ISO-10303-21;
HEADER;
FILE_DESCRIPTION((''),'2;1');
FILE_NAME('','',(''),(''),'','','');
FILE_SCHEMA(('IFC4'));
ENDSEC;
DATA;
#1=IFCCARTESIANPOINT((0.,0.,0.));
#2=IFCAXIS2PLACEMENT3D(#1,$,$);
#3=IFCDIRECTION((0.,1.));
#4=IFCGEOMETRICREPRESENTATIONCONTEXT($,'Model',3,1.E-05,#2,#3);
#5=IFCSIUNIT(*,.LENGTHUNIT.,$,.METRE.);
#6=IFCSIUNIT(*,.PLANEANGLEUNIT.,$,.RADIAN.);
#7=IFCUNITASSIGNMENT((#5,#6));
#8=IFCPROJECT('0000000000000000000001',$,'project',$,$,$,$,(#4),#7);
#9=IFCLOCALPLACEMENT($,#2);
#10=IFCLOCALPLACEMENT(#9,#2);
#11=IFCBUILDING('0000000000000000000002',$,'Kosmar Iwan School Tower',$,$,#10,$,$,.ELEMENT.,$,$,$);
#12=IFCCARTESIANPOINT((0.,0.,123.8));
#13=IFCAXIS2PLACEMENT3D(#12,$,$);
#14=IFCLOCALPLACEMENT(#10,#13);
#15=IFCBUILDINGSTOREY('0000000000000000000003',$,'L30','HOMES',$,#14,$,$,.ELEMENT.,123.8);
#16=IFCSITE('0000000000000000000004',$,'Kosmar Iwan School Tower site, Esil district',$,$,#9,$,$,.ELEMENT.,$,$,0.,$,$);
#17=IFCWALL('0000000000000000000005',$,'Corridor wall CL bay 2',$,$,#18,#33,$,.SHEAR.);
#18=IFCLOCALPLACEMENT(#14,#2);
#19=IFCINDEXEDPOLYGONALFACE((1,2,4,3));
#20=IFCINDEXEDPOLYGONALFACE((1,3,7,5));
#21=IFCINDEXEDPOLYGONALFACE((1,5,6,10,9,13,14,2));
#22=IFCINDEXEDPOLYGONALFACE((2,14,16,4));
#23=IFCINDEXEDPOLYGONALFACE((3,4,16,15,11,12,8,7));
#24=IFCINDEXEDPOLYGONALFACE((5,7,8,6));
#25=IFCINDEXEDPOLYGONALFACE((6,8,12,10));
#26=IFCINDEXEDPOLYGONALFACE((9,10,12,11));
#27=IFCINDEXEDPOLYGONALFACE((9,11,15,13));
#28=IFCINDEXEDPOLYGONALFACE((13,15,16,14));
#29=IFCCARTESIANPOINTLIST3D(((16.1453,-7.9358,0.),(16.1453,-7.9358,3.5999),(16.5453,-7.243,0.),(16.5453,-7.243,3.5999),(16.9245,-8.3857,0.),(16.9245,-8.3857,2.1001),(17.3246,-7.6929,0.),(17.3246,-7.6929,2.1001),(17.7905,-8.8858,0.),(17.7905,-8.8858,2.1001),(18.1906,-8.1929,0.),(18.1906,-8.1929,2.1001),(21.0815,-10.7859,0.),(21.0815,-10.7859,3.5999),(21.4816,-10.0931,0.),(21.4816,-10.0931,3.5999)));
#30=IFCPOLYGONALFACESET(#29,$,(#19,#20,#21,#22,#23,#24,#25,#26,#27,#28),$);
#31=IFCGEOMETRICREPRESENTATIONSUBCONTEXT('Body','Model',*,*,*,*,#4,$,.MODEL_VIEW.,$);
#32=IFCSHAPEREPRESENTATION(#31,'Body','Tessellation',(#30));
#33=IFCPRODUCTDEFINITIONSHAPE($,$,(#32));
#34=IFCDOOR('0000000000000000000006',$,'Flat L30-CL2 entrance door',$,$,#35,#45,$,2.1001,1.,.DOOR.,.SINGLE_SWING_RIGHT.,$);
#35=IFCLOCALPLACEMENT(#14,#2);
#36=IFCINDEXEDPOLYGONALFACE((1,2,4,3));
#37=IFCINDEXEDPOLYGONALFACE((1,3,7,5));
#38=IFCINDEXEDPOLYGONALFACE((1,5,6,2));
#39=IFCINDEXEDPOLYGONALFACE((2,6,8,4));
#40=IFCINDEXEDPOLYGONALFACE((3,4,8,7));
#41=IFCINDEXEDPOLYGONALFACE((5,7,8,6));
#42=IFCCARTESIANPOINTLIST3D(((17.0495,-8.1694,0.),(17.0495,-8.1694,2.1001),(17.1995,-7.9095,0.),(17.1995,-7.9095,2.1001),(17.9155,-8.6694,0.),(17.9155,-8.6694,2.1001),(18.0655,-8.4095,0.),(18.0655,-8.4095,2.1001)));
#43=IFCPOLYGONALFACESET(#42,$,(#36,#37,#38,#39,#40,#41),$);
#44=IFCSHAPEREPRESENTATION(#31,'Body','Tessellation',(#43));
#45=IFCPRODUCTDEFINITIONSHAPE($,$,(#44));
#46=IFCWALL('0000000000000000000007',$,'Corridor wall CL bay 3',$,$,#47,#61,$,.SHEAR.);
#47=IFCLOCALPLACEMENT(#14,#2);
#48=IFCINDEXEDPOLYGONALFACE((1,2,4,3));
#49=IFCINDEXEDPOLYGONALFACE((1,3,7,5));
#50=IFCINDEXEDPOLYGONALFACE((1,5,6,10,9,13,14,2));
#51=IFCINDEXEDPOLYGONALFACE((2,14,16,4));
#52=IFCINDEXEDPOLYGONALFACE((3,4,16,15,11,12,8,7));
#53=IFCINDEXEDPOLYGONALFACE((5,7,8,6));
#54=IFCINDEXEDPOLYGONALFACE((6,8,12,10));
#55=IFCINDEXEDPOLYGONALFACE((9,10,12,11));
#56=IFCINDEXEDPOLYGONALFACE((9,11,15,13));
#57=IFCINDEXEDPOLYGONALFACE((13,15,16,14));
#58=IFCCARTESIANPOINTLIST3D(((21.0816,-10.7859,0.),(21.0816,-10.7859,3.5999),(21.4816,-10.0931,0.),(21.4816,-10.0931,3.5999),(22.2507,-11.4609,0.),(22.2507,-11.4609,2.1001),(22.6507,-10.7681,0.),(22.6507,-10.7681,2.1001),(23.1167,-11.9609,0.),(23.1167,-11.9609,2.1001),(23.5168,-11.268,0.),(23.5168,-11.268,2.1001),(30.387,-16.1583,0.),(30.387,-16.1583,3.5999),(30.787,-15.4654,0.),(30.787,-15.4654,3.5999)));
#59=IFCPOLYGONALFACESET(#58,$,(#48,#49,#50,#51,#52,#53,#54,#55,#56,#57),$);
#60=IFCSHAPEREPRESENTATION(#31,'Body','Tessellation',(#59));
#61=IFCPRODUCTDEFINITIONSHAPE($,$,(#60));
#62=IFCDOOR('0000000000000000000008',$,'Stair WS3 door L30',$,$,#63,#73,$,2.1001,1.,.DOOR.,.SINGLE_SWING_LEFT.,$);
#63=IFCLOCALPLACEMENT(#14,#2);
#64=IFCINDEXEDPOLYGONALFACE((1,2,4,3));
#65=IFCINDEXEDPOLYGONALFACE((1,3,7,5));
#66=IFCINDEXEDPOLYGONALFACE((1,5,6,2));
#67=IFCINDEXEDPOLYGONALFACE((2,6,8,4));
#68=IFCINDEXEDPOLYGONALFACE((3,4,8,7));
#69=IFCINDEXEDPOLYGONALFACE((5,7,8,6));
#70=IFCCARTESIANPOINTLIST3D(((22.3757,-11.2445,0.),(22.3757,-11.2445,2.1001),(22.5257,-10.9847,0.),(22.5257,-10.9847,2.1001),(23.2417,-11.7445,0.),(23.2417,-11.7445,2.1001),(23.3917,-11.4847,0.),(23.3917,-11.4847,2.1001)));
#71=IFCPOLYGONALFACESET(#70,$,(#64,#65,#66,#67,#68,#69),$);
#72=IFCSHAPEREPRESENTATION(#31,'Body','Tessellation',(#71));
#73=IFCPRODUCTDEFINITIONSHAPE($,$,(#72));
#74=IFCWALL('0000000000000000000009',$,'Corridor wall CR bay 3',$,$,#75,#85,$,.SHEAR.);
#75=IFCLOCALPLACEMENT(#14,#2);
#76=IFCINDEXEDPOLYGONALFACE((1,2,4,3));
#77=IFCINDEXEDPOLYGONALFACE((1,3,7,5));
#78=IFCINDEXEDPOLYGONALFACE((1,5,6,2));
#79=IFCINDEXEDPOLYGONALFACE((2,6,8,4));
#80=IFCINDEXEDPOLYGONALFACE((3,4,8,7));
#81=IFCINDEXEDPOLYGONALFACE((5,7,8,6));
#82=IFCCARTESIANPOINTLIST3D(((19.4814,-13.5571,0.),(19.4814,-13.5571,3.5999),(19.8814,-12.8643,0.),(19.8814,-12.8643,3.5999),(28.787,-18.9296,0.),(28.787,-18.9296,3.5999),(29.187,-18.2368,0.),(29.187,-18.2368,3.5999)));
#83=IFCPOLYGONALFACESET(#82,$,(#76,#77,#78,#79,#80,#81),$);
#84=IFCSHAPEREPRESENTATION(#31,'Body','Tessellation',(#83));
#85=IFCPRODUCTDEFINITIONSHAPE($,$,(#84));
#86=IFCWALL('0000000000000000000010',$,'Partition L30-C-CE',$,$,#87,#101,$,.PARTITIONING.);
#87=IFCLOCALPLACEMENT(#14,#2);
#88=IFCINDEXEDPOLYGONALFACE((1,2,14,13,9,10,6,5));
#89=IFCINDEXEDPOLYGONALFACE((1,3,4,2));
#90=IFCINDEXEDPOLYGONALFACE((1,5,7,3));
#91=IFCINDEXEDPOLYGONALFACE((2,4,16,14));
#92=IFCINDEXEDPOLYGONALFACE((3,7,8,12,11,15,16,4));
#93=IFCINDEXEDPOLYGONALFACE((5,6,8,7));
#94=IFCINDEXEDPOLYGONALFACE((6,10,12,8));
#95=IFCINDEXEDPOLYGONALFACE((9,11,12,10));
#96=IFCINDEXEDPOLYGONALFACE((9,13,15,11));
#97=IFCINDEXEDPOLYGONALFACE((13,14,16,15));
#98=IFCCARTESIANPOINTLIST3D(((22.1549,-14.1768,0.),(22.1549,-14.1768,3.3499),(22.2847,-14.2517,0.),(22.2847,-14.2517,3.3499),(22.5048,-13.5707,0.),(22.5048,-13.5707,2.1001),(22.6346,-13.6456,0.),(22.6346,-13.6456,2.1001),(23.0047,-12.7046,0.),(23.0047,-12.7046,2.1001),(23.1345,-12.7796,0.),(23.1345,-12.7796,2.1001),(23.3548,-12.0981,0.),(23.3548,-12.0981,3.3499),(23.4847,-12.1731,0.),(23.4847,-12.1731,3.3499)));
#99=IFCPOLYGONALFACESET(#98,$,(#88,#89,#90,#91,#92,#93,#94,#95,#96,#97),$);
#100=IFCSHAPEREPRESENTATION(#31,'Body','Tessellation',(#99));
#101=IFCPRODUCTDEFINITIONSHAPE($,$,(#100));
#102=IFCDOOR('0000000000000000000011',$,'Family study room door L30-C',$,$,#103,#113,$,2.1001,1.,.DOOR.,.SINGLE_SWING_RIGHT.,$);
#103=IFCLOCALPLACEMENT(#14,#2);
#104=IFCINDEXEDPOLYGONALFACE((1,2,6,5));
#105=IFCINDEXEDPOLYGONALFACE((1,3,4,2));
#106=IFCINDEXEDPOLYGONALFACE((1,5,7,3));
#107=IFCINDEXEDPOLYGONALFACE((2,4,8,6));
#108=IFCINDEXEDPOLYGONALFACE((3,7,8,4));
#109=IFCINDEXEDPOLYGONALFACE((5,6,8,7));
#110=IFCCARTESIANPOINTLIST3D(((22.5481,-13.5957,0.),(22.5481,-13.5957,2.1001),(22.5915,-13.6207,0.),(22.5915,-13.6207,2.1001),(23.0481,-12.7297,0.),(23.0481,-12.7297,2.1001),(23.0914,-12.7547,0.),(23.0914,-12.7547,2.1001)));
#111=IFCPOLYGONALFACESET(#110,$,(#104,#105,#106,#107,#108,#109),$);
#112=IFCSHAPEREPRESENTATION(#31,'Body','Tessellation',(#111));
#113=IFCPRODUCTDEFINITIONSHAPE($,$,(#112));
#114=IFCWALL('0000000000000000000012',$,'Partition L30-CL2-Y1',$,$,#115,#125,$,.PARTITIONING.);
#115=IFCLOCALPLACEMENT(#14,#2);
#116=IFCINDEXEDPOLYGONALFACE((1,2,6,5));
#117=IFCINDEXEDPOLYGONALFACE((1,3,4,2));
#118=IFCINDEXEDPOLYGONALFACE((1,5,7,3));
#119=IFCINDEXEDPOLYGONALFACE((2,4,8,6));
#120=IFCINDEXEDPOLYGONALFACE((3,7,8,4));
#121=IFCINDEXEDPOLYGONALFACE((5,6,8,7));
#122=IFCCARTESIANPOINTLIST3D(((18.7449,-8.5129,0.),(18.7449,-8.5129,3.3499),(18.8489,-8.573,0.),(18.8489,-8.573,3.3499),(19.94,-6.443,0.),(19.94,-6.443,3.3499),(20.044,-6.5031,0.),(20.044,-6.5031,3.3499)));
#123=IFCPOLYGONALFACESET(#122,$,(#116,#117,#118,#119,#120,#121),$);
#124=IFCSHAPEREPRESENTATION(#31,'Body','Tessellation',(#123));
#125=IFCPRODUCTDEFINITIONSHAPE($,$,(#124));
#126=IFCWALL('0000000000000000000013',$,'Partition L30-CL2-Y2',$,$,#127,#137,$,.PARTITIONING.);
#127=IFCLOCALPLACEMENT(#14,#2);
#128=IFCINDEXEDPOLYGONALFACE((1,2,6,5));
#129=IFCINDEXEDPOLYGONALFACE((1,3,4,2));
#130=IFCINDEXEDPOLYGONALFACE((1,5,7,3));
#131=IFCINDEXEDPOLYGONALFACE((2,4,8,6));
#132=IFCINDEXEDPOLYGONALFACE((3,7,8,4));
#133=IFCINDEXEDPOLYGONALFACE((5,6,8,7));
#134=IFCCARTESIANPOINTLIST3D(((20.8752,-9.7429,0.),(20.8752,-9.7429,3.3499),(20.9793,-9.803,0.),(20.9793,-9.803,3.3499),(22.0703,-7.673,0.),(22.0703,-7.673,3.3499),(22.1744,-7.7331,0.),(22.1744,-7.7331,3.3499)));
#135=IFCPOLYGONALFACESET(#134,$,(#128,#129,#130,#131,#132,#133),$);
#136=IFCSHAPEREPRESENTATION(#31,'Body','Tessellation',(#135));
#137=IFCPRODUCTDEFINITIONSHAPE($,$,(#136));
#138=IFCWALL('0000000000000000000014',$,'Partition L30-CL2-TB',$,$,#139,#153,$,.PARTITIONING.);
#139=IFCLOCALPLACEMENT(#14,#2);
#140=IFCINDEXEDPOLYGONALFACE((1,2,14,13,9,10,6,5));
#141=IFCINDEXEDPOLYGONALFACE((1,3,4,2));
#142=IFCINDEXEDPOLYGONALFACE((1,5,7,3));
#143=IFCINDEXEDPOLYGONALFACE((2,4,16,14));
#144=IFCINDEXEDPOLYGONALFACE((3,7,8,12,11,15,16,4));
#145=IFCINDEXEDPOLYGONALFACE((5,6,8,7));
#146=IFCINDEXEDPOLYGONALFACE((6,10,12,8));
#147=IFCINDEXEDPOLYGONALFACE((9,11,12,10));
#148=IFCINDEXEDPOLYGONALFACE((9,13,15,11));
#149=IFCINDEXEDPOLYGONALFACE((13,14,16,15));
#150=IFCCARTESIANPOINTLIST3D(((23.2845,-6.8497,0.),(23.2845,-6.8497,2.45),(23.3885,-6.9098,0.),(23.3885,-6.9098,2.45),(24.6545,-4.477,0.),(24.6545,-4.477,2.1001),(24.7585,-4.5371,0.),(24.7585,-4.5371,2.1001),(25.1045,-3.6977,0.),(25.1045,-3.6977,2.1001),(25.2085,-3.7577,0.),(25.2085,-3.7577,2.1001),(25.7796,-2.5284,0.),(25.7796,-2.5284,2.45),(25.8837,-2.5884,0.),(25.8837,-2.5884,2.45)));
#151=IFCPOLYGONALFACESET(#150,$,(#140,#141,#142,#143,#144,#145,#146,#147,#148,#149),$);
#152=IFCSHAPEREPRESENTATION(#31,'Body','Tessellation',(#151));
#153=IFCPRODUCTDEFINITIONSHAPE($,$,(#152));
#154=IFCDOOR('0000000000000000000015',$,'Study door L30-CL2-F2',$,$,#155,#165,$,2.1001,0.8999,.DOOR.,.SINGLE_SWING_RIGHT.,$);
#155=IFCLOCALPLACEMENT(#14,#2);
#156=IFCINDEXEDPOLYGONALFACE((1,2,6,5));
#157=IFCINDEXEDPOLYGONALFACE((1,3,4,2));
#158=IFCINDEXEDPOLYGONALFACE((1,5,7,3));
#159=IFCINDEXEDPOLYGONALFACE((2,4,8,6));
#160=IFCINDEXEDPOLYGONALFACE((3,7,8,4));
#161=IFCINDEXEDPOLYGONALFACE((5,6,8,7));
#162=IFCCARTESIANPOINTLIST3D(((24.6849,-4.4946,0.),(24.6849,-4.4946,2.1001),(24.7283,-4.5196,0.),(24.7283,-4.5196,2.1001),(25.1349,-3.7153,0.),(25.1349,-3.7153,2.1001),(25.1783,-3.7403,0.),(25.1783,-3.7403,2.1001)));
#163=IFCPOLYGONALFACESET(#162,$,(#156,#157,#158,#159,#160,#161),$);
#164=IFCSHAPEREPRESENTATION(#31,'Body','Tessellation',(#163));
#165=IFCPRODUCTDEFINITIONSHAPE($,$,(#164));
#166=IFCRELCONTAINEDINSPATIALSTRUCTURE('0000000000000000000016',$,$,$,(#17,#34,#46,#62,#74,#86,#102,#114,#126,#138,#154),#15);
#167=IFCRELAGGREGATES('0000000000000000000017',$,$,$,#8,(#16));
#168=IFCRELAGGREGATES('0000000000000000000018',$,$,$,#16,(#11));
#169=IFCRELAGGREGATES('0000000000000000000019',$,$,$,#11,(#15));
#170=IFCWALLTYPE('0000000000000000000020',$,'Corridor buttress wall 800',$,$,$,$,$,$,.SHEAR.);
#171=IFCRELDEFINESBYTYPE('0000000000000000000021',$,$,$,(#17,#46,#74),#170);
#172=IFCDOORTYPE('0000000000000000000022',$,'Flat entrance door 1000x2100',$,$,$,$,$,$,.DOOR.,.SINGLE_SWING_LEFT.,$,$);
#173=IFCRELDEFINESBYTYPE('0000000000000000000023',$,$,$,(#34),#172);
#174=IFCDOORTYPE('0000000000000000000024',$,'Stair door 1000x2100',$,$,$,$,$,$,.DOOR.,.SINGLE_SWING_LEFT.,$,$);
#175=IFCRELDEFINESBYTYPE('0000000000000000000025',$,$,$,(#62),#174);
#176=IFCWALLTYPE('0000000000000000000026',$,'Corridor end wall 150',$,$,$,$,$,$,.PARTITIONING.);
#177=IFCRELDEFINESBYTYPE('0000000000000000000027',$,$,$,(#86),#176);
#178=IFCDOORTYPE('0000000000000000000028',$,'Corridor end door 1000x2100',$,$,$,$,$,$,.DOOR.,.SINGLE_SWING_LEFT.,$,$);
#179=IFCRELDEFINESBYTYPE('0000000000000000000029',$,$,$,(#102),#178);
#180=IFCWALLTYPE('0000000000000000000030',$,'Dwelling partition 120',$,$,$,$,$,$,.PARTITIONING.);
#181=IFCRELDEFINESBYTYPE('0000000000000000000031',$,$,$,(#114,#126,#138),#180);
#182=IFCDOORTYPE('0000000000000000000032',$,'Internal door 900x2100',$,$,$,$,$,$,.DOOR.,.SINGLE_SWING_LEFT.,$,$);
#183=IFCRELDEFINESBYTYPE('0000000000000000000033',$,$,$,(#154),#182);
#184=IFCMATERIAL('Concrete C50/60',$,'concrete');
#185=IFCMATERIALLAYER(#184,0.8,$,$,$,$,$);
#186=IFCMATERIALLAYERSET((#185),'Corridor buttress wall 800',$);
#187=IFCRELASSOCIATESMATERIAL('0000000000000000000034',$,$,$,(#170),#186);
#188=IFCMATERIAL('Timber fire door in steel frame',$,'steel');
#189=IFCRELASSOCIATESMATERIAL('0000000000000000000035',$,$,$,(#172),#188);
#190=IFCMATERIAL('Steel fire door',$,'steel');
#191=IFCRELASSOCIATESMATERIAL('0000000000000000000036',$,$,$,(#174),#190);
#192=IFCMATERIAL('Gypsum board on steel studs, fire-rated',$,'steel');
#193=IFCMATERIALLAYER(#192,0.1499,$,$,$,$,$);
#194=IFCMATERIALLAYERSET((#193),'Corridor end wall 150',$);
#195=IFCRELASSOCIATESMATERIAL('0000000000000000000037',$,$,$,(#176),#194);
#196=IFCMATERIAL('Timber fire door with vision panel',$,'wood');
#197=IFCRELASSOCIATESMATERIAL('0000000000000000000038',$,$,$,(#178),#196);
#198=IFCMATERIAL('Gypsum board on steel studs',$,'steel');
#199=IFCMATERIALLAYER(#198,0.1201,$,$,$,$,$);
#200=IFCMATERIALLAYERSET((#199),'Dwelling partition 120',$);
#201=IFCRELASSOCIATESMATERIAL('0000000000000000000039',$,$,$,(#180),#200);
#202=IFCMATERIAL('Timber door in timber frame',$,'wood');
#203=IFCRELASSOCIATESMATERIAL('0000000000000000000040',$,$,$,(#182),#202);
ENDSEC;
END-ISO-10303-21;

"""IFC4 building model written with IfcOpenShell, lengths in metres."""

from ifc_helpers import new_model, si_unit, direction, frame, frame_2d, origin, place, context, subcontext, project, spatial, rectangle, extrude, material, layer, layer_set, type_object, element, fill, save


model = new_model("IFC4")

# Units and contexts
model_context = context("Model", 3, precision=1e-05, world=origin(), true_north=direction((0.0, 1.0)))
body_context = subcontext(model_context, "Body", "Model", "MODEL_VIEW")
ifc_project = project(units=[si_unit("LENGTHUNIT", "METRE"), si_unit("PLANEANGLEUNIT", "RADIAN")], contexts=[model_context])

# Site, building, storey
site_placement = place(None, origin())
site = spatial("IfcSite", under=ifc_project, at=site_placement, Name="Kosmar Iwan School Tower site, Esil district", CompositionType="ELEMENT", RefElevation=0.0)
building_placement = place(site_placement, origin())
building = spatial("IfcBuilding", under=site, at=building_placement, Name="Kosmar Iwan School Tower", CompositionType="ELEMENT")
storey_placement = place(building_placement, frame((0.0, 0.0, 123.8)))
storey = spatial("IfcBuildingStorey", under=building, at=storey_placement, Name="L30", Description="HOMES", CompositionType="ELEMENT", Elevation=123.8)

# Walls, openings, doors
ifc_material_1 = material(Name="Concrete C50/60", Category="concrete")
ifc_layer_1 = layer(ifc_material_1, 0.8)
ifc_layer_set_1 = layer_set([ifc_layer_1], Name="Corridor buttress wall 800")
wall_type_1 = type_object("IfcWallType", Name="Corridor buttress wall 800", PredefinedType="SHEAR", material=ifc_layer_set_1)
wall_1_placement = place(storey_placement, frame((16.3452, -7.5894, 0.0), z_axis=(0.0, 0.0, 1.0), x_axis=(0.866015, -0.500018, 0.0)))
wall_1 = element("IfcWall", 1, at=wall_1_placement, inside=storey, type_object=wall_type_1, Name="Corridor wall CL bay 2", PredefinedType="SHEAR", context=body_context, shape_type="SweptSolid", body=[
    extrude(rectangle(XDim=5.7, YDim=0.8, at=frame_2d((2.8501, 0.0))), origin(), (0.0, 0.0, 1.0), 3.5999),
])
opening_1_placement = place(wall_1_placement, frame((0.8999, 0.0, 0.0)))
opening_1 = element("IfcOpeningElement", 2, at=opening_1_placement, cuts=wall_1, PredefinedType="OPENING", context=body_context, shape_type="SweptSolid", body=[
    extrude(rectangle(XDim=1.0, YDim=2.1001, at=frame_2d((0.5, 1.05))), frame((0.0, 0.4121, 0.0), z_axis=(0.0, -1.0, 0.0), x_axis=(1.0, 0.0, 0.0)), (0.0, 0.0, 1.0), 0.824),
])
ifc_material_2 = material(Name="Timber fire door in steel frame", Category="steel")
door_type_1 = type_object("IfcDoorType", Name="Flat entrance door 1000x2100", OperationType="SINGLE_SWING_LEFT", PredefinedType="DOOR", material=ifc_material_2)
door_1_placement = place(opening_1_placement, origin())
door_1 = element("IfcDoor", 3, at=door_1_placement, inside=storey, type_object=door_type_1, Name="Flat L30-CL2 entrance door", OperationType="SINGLE_SWING_RIGHT", OverallHeight=2.1001, OverallWidth=1.0, PredefinedType="DOOR", context=body_context, shape_type="SweptSolid", body=[
    extrude(rectangle(XDim=1.0, YDim=2.1001, at=frame_2d((0.5, 1.05))), frame((0.0, 0.1499, 0.0), z_axis=(0.0, -1.0, 0.0), x_axis=(1.0, 0.0, 0.0)), (0.0, 0.0, 1.0), 0.3),
])
fill(opening_1, door_1)
wall_2_placement = place(storey_placement, frame((21.2815, -10.4395, 0.0), z_axis=(0.0, 0.0, 1.0), x_axis=(0.866032, -0.499988, 0.0)))
wall_2 = element("IfcWall", 4, at=wall_2_placement, inside=storey, type_object=wall_type_1, Name="Corridor wall CL bay 3", PredefinedType="SHEAR", context=body_context, shape_type="SweptSolid", body=[
    extrude(rectangle(XDim=10.7449, YDim=0.8, at=frame_2d((5.3726, 0.0))), origin(), (0.0, 0.0, 1.0), 3.5999),
])
opening_2_placement = place(wall_2_placement, frame((1.3501, 0.0, 0.0)))
opening_2 = element("IfcOpeningElement", 5, at=opening_2_placement, cuts=wall_2, PredefinedType="OPENING", context=body_context, shape_type="SweptSolid", body=[
    extrude(rectangle(XDim=1.0, YDim=2.1001, at=frame_2d((0.5, 1.05))), frame((0.0, 0.4121, 0.0), z_axis=(0.0, -1.0, 0.0), x_axis=(1.0, 0.0, 0.0)), (0.0, 0.0, 1.0), 0.824),
])
ifc_material_3 = material(Name="Steel fire door", Category="steel")
door_type_2 = type_object("IfcDoorType", Name="Stair door 1000x2100", OperationType="SINGLE_SWING_LEFT", PredefinedType="DOOR", material=ifc_material_3)
door_2_placement = place(opening_2_placement, origin())
door_2 = element("IfcDoor", 6, at=door_2_placement, inside=storey, type_object=door_type_2, Name="Stair WS3 door L30", OperationType="SINGLE_SWING_LEFT", OverallHeight=2.1001, OverallWidth=1.0, PredefinedType="DOOR", context=body_context, shape_type="SweptSolid", body=[
    extrude(rectangle(XDim=1.0, YDim=2.1001, at=frame_2d((0.5, 1.05))), frame((0.0, 0.1499, 0.0), z_axis=(0.0, -1.0, 0.0), x_axis=(1.0, 0.0, 0.0)), (0.0, 0.0, 1.0), 0.3),
])
fill(opening_2, door_2)

# Wall
wall_3_placement = place(storey_placement, frame((19.6814, -13.2107, 0.0), z_axis=(0.0, 0.0, 1.0), x_axis=(0.866028, -0.499995, 0.0)))
element("IfcWall", 7, at=wall_3_placement, inside=storey, type_object=wall_type_1, Name="Corridor wall CR bay 3", PredefinedType="SHEAR", context=body_context, shape_type="SweptSolid", body=[
    extrude(rectangle(XDim=10.7451, YDim=0.8, at=frame_2d((5.3726, 0.0))), origin(), (0.0, 0.0, 1.0), 3.5999),
])

# Wall, opening, door
ifc_material_4 = material(Name="Gypsum board on steel studs, fire-rated", Category="steel")
ifc_layer_2 = layer(ifc_material_4, 0.1499)
ifc_layer_set_2 = layer_set([ifc_layer_2], Name="Corridor end wall 150")
wall_type_2 = type_object("IfcWallType", Name="Corridor end wall 150", PredefinedType="PARTITIONING", material=ifc_layer_set_2)
wall_4_placement = place(storey_placement, frame((22.2197, -14.2144, 0.0), z_axis=(0.0, 0.0, 1.0), x_axis=(0.499957, 0.86605, 0.0)))
wall_4 = element("IfcWall", 8, at=wall_4_placement, inside=storey, type_object=wall_type_2, Name="Partition L30-C-CE", PredefinedType="PARTITIONING", context=body_context, shape_type="SweptSolid", body=[
    extrude(rectangle(XDim=2.4001, YDim=0.1499, at=frame_2d((1.2002, 0.0))), origin(), (0.0, 0.0, 1.0), 3.3499),
])
opening_3_placement = place(wall_4_placement, frame((0.7, 0.0, 0.0)))
opening_3 = element("IfcOpeningElement", 9, at=opening_3_placement, cuts=wall_4, PredefinedType="OPENING", context=body_context, shape_type="SweptSolid", body=[
    extrude(rectangle(XDim=1.0, YDim=2.1001, at=frame_2d((0.5, 1.05))), frame((0.0, 0.0869, 0.0), z_axis=(0.0, -1.0, 0.0), x_axis=(1.0, 0.0, 0.0)), (0.0, 0.0, 1.0), 0.1738),
])
ifc_material_5 = material(Name="Timber fire door with vision panel", Category="wood")
door_type_3 = type_object("IfcDoorType", Name="Corridor end door 1000x2100", OperationType="SINGLE_SWING_LEFT", PredefinedType="DOOR", material=ifc_material_5)
door_3_placement = place(opening_3_placement, origin())
door_3 = element("IfcDoor", 10, at=door_3_placement, inside=storey, type_object=door_type_3, Name="Family study room door L30-C", OperationType="SINGLE_SWING_RIGHT", OverallHeight=2.1001, OverallWidth=1.0, PredefinedType="DOOR", context=body_context, shape_type="SweptSolid", body=[
    extrude(rectangle(XDim=1.0, YDim=2.1001, at=frame_2d((0.5, 1.05))), frame((0.0, 0.0249, 0.0), z_axis=(0.0, -1.0, 0.0), x_axis=(1.0, 0.0, 0.0)), (0.0, 0.0, 1.0), 0.05),
])
fill(opening_3, door_3)

# Walls
ifc_material_6 = material(Name="Gypsum board on steel studs", Category="steel")
ifc_layer_3 = layer(ifc_material_6, 0.1201)
ifc_layer_set_3 = layer_set([ifc_layer_3], Name="Dwelling partition 120")
wall_type_3 = type_object("IfcWallType", Name="Dwelling partition 120", PredefinedType="PARTITIONING", material=ifc_layer_set_3)
for number, where, z_axis, x_axis, name in (
    (11, (18.7969, -8.543, 0.0), (0.0, 0.0, 1.0), (0.500017, 0.866015, 0.0), "Partition L30-CL2-Y1"),
    (12, (20.9272, -9.7729, 0.0), (0.0, 0.0, 1.0), (0.500017, 0.866015, 0.0), "Partition L30-CL2-Y2"),
):
    element("IfcWall", number, at=place(storey_placement, frame(where, z_axis=z_axis, x_axis=x_axis)), inside=storey, type_object=wall_type_3, Name=name, PredefinedType="PARTITIONING", context=body_context, shape_type="SweptSolid", body=[
        extrude(rectangle(XDim=2.3901, YDim=0.1201, at=frame_2d((1.1951, 0.0))), origin(), (0.0, 0.0, 1.0), 3.3499),
    ])

# Wall, opening, door
wall_5_placement = place(storey_placement, frame((23.3364, -6.8799, 0.0), z_axis=(0.0, 0.0, 1.0), x_axis=(0.500033, 0.866006, 0.0)))
wall_5 = element("IfcWall", 13, at=wall_5_placement, inside=storey, type_object=wall_type_3, Name="Partition L30-CL2-TB", PredefinedType="PARTITIONING", context=body_context, shape_type="SweptSolid", body=[
    extrude(rectangle(XDim=4.99, YDim=0.1201, at=frame_2d((2.4951, 0.0))), origin(), (0.0, 0.0, 1.0), 2.45),
])
opening_4_placement = place(wall_5_placement, frame((2.74, 0.0, 0.0)))
opening_4 = element("IfcOpeningElement", 14, at=opening_4_placement, cuts=wall_5, PredefinedType="OPENING", context=body_context, shape_type="SweptSolid", body=[
    extrude(rectangle(XDim=0.8999, YDim=2.1001, at=frame_2d((0.45, 1.05))), frame((0.0, 0.072, 0.0), z_axis=(0.0, -1.0, 0.0), x_axis=(1.0, 0.0, 0.0)), (0.0, 0.0, 1.0), 0.144),
])
ifc_material_7 = material(Name="Timber door in timber frame", Category="wood")
door_type_4 = type_object("IfcDoorType", Name="Internal door 900x2100", OperationType="SINGLE_SWING_LEFT", PredefinedType="DOOR", material=ifc_material_7)
door_4_placement = place(opening_4_placement, origin())
door_4 = element("IfcDoor", 15, at=door_4_placement, inside=storey, type_object=door_type_4, Name="Study door L30-CL2-F2", OperationType="SINGLE_SWING_RIGHT", OverallHeight=2.1001, OverallWidth=0.8999, PredefinedType="DOOR", context=body_context, shape_type="SweptSolid", body=[
    extrude(rectangle(XDim=0.8999, YDim=2.1001, at=frame_2d((0.45, 1.05))), frame((0.0, 0.0249, 0.0), z_axis=(0.0, -1.0, 0.0), x_axis=(1.0, 0.0, 0.0)), (0.0, 0.0, 1.0), 0.05),
])
fill(opening_4, door_4)

save(model, "model.ifc")
